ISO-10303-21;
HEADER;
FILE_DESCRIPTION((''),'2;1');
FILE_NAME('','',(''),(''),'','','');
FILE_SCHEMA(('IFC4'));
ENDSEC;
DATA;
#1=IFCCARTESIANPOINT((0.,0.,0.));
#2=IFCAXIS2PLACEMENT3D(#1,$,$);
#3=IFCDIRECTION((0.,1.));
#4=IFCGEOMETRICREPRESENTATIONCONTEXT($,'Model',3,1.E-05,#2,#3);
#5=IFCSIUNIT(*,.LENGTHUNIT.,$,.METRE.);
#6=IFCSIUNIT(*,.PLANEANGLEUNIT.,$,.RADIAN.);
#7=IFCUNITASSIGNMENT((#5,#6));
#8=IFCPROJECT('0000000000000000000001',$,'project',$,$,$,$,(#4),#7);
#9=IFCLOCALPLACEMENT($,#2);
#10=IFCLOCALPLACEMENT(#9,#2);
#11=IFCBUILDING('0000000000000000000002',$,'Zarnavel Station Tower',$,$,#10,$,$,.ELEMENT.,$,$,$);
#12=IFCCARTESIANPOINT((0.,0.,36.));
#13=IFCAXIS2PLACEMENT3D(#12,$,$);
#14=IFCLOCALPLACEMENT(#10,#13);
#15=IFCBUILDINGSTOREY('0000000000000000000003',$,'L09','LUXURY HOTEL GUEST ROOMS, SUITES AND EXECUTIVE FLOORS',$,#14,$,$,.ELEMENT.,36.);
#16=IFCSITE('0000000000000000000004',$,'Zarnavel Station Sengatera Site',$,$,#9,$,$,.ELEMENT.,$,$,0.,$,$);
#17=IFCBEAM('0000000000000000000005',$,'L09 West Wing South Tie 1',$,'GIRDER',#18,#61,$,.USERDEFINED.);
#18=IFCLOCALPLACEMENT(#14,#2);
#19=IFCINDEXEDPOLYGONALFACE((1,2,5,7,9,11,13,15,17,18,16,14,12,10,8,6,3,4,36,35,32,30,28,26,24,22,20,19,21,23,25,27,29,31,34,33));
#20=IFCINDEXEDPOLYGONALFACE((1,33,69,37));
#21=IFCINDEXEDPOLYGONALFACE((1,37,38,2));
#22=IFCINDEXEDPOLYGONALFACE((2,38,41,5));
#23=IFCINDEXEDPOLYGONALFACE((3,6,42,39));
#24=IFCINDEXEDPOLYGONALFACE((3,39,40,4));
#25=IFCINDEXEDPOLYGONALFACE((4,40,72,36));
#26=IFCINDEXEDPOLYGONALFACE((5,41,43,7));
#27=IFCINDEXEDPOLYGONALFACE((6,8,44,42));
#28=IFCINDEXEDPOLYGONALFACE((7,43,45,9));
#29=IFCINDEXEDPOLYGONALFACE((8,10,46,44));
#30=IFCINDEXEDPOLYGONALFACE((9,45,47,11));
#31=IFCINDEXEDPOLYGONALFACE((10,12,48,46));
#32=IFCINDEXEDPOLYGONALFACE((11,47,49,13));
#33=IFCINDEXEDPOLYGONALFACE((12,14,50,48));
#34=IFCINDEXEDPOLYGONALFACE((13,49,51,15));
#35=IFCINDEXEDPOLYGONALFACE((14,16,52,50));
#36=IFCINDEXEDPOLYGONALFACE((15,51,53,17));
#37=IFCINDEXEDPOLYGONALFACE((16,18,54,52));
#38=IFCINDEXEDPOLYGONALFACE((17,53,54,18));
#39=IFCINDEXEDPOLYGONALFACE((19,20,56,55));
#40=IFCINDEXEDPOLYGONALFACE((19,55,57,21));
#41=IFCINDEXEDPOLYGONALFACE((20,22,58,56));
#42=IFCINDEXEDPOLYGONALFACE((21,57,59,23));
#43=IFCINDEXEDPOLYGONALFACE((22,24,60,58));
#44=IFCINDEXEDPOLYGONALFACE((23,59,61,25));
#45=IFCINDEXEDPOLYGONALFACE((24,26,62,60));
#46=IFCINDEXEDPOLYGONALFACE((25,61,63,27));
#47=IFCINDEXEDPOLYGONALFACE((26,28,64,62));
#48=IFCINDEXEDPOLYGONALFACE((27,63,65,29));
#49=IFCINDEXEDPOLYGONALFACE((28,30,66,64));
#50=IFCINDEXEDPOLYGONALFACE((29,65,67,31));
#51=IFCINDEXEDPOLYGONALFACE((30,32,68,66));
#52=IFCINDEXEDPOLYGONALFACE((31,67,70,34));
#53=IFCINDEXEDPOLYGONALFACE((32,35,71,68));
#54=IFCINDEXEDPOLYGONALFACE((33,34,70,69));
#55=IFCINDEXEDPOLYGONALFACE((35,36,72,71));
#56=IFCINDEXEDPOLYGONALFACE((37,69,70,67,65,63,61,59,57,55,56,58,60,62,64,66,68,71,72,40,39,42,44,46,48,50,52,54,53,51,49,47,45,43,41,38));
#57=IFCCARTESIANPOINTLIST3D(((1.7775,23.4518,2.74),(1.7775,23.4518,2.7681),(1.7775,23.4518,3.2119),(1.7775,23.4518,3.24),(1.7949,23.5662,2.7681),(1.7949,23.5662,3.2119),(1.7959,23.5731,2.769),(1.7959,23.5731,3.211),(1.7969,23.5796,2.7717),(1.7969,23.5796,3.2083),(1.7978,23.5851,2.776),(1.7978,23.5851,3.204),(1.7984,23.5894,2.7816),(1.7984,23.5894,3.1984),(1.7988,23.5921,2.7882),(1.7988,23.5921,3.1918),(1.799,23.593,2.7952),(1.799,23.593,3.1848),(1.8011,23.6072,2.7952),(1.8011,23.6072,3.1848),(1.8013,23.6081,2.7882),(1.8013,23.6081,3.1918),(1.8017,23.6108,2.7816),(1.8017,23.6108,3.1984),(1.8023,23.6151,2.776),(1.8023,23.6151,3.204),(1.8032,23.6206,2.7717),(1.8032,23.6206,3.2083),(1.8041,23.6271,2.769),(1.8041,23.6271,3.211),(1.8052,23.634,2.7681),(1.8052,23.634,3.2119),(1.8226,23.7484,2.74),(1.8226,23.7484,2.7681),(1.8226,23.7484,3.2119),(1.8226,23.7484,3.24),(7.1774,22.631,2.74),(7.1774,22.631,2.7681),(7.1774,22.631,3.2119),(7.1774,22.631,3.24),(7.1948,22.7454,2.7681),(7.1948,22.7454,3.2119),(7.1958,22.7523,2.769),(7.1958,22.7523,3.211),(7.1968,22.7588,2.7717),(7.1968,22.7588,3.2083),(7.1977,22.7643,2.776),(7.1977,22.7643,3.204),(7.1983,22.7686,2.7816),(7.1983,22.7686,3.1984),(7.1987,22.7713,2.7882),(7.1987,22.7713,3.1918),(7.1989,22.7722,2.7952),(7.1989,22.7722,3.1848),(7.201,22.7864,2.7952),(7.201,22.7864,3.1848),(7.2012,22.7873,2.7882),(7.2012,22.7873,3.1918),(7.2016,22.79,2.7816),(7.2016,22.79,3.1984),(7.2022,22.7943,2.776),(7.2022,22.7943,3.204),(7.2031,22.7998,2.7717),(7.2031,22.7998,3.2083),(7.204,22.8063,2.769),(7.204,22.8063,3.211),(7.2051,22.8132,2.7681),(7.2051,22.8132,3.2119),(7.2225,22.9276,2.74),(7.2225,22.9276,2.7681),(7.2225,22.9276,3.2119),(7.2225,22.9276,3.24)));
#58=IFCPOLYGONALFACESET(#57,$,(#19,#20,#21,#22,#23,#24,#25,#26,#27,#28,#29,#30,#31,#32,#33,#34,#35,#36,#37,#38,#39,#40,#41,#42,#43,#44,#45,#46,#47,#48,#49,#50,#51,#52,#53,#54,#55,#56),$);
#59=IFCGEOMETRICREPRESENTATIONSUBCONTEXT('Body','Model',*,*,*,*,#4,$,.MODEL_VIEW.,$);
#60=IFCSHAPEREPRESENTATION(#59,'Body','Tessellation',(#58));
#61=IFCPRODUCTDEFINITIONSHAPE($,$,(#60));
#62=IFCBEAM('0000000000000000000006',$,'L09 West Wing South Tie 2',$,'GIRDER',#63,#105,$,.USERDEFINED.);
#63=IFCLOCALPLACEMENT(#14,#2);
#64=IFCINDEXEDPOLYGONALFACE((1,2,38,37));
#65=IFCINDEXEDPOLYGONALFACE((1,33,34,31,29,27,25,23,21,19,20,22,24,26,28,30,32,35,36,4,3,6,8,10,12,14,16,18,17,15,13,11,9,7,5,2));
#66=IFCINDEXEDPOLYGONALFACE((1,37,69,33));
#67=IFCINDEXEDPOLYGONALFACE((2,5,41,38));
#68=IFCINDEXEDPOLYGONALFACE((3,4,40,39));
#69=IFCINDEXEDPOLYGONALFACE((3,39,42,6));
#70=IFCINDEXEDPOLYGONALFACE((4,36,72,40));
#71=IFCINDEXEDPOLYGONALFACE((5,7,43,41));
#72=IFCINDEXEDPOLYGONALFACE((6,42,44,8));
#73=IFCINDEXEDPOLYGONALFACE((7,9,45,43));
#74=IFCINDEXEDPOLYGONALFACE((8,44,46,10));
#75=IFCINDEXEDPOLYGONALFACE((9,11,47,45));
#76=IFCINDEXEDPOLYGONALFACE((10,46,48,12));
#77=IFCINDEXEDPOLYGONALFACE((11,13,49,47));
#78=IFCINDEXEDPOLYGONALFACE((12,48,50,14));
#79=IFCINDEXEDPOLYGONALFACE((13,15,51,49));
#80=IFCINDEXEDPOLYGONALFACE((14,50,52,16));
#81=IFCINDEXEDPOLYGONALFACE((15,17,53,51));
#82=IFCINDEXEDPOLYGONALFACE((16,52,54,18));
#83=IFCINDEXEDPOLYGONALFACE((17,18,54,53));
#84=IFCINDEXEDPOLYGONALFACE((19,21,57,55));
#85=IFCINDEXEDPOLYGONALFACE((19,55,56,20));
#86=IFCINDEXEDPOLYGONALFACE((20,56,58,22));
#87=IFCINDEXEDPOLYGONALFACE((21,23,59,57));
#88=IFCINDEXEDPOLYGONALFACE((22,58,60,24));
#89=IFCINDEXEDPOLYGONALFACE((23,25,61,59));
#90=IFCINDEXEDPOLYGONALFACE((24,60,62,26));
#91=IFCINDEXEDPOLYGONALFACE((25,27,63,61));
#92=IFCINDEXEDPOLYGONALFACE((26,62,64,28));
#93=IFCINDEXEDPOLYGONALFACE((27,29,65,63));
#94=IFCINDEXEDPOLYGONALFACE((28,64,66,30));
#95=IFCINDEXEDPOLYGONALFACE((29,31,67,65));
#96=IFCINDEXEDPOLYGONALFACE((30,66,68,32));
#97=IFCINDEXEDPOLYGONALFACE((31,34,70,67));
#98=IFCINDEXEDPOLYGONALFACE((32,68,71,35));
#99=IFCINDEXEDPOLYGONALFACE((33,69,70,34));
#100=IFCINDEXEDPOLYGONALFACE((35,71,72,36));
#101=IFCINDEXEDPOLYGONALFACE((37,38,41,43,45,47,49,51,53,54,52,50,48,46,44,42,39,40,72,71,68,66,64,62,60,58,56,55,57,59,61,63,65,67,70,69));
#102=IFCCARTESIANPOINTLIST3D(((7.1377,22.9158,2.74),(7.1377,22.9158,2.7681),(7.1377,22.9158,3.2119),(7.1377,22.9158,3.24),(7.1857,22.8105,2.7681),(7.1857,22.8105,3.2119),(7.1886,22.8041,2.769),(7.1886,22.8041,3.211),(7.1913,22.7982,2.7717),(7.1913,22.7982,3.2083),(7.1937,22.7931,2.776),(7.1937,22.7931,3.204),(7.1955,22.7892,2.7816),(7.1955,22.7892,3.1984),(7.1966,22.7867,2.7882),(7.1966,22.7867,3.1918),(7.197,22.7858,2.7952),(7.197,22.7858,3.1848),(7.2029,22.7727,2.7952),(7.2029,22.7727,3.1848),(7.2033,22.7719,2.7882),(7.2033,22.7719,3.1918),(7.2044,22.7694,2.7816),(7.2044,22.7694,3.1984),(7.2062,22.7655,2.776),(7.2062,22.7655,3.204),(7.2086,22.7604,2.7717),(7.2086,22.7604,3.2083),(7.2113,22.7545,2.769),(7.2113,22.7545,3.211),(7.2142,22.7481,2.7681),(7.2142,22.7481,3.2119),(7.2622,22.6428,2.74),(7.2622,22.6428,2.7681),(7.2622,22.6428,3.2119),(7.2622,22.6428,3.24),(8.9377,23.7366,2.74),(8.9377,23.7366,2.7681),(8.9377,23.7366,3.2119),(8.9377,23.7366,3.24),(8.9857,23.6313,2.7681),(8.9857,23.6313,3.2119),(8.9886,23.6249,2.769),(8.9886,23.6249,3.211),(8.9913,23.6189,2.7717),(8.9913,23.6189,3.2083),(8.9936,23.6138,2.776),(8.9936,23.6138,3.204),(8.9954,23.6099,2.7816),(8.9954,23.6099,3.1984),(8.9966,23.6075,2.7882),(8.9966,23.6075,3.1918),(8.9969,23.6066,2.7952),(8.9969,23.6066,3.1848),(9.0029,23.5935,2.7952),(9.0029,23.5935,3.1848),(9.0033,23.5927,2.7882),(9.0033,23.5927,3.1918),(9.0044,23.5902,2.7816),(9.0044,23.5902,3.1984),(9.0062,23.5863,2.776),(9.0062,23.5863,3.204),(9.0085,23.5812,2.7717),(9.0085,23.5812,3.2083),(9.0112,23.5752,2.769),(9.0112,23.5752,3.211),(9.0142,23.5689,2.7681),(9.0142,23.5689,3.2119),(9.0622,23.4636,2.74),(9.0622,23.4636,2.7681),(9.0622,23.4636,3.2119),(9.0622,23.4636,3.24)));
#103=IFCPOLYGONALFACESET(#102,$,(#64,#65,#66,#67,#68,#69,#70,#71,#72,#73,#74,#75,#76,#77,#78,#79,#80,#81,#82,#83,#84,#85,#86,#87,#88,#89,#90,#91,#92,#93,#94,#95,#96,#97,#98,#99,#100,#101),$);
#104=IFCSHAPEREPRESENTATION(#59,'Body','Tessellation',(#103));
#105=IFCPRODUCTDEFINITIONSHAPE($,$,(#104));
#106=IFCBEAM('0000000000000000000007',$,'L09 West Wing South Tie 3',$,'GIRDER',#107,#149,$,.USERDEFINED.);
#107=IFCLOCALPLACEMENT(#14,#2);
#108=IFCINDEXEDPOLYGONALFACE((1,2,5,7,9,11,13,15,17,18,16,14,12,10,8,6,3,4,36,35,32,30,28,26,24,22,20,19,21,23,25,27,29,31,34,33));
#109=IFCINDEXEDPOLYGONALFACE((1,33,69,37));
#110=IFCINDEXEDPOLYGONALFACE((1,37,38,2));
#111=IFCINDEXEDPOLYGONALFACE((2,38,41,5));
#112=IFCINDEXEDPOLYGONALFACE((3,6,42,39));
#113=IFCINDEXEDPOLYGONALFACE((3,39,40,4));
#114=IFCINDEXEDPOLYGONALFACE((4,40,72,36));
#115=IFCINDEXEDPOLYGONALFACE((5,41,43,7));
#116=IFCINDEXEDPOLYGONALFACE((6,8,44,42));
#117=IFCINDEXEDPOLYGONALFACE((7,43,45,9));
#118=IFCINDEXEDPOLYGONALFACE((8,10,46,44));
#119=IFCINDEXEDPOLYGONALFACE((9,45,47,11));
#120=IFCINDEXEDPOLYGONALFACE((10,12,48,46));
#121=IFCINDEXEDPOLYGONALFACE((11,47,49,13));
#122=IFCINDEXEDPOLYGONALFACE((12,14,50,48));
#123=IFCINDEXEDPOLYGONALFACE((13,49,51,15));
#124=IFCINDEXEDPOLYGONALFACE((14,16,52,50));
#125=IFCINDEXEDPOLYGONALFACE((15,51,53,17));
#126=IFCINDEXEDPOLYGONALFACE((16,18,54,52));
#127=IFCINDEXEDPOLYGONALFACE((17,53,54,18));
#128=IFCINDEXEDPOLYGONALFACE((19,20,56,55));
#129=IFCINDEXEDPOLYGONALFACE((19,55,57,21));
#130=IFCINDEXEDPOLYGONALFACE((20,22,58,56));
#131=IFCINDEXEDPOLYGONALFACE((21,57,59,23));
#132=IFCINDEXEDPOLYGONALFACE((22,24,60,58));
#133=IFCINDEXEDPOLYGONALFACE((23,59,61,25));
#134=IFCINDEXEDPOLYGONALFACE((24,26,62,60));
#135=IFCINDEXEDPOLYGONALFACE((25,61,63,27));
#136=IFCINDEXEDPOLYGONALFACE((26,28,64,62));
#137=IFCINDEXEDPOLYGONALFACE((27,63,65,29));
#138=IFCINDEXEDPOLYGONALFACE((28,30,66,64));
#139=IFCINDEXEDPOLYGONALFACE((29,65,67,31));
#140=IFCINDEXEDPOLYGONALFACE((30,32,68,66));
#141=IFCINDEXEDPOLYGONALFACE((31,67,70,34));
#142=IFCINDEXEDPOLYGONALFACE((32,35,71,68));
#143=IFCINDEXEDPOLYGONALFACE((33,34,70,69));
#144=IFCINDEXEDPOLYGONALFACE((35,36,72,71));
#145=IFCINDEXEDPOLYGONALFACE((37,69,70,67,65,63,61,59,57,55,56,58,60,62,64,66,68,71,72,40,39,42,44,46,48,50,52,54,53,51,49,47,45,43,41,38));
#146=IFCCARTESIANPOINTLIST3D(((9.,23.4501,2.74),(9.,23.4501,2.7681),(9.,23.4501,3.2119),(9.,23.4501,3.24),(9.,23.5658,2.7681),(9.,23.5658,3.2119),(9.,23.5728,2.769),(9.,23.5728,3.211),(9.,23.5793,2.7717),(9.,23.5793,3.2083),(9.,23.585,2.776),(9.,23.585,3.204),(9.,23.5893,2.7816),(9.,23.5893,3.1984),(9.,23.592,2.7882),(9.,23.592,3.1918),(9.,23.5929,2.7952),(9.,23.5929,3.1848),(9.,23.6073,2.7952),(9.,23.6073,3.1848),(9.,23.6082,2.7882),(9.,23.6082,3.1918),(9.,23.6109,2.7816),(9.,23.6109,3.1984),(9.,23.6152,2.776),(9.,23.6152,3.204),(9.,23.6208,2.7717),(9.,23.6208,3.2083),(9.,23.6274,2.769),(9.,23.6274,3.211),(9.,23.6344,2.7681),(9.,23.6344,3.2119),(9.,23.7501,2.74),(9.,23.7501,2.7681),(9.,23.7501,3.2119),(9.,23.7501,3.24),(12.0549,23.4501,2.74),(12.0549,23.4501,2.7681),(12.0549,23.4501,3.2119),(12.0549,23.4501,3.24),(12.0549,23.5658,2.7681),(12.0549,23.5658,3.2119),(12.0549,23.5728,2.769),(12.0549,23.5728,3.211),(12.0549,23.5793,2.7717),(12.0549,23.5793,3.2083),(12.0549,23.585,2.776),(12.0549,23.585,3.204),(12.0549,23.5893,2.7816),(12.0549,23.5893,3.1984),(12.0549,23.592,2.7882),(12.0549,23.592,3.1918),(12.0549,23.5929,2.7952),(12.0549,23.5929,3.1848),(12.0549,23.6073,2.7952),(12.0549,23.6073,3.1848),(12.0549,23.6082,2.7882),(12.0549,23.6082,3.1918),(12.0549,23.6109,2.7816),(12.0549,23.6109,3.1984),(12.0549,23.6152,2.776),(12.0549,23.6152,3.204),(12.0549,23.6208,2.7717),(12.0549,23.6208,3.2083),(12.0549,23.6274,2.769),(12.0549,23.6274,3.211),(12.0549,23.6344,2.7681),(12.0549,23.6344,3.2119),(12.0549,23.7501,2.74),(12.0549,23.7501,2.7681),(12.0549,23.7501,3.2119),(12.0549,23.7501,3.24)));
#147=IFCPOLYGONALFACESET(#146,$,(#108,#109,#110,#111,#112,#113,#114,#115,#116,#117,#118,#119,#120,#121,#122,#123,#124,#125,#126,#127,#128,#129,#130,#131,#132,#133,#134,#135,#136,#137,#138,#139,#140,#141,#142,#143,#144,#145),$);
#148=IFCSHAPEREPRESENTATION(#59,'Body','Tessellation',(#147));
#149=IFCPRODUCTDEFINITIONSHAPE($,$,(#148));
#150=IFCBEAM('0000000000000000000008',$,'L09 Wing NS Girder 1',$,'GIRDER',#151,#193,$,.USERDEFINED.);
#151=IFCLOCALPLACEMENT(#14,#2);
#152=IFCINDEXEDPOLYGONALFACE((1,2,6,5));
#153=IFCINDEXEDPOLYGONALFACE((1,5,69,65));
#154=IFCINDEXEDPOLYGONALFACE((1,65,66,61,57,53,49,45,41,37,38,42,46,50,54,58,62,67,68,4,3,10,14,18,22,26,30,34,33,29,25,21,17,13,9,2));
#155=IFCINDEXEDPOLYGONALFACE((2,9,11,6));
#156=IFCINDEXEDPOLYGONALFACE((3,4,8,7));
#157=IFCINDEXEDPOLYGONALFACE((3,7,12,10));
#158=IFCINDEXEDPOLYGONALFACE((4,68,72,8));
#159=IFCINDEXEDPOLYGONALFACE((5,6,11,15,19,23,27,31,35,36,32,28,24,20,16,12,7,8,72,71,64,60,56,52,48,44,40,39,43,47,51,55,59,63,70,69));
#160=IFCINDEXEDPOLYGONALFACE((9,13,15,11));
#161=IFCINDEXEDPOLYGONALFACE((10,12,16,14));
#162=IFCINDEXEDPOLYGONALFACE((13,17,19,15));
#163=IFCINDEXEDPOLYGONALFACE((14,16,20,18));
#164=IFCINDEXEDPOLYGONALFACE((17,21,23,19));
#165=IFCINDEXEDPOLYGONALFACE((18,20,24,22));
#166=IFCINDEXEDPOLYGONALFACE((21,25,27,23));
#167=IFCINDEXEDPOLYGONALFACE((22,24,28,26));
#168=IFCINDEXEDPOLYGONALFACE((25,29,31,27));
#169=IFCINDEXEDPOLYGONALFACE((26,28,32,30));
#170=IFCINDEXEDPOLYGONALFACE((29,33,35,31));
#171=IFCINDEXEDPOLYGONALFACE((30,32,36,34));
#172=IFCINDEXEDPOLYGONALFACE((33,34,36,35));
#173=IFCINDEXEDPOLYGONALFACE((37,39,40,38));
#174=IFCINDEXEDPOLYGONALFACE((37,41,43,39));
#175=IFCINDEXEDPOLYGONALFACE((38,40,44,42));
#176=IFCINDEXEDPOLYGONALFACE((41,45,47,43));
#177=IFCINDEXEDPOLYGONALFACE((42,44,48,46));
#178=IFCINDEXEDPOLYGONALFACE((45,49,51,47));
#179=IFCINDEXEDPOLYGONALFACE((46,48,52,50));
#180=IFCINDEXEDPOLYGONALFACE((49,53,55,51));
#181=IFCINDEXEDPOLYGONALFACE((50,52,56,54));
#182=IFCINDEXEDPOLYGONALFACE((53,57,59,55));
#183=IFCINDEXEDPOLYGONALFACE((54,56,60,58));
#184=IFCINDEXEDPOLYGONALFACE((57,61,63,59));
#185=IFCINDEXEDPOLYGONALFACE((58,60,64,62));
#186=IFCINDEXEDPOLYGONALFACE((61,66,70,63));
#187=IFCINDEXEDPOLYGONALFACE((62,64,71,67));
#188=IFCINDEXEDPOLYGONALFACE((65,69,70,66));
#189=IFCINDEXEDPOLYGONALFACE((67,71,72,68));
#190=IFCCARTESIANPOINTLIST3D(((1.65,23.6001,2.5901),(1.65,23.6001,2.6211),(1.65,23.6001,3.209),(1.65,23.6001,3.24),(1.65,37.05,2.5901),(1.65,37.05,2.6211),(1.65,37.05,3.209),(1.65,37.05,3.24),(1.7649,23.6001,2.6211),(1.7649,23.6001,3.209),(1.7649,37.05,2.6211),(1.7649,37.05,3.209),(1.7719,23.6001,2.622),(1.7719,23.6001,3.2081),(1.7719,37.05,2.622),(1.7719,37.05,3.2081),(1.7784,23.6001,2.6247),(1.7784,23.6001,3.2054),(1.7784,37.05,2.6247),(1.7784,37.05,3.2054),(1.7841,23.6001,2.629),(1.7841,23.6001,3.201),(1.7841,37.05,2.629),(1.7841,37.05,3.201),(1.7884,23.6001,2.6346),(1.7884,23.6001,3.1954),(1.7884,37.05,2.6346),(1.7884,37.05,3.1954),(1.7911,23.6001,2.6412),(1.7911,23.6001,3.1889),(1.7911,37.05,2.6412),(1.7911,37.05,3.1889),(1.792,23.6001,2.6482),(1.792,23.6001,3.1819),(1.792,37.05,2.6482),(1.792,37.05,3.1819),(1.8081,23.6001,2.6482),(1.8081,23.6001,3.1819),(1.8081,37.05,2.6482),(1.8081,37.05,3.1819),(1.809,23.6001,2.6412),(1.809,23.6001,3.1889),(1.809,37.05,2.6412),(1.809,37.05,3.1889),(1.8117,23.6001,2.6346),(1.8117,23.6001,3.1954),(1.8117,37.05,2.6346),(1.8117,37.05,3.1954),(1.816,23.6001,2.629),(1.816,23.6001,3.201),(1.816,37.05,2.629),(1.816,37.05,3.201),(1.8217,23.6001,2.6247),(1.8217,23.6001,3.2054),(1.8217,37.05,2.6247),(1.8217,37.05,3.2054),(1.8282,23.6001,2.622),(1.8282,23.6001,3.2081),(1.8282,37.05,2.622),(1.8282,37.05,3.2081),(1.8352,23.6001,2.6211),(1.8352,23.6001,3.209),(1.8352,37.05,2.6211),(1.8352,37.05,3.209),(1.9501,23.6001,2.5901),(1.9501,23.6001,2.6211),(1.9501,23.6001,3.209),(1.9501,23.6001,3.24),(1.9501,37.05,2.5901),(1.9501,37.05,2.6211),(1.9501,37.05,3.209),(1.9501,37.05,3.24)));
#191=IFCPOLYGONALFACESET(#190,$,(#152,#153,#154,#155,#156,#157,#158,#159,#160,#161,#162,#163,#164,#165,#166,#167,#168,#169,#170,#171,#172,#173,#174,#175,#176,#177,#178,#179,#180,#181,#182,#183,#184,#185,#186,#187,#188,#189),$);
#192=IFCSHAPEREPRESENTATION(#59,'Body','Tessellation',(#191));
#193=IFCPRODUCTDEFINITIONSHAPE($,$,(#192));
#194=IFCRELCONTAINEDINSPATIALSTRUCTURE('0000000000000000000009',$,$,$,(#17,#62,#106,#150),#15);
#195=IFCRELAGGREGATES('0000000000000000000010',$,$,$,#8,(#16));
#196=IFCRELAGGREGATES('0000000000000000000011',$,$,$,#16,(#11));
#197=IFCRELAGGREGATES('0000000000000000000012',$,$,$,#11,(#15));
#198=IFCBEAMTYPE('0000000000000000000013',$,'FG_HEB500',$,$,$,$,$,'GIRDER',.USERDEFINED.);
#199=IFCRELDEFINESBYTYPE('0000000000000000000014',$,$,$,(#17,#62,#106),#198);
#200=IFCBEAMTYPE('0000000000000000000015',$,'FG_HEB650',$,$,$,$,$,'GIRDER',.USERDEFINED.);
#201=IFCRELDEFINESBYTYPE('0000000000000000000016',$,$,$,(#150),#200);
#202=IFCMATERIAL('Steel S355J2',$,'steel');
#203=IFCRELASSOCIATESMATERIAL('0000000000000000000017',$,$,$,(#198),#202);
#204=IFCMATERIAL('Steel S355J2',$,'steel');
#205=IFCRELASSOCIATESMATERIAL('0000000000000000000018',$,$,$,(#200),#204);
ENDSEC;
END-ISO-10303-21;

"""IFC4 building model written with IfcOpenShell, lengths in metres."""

from ifc_helpers import new_model, si_unit, direction, frame, origin, origin_2d, place, context, subcontext, project, spatial, i_section, extrude, material, material_profile, profile_set, type_object, element, save


model = new_model("IFC4")

# Units and contexts
model_context = context("Model", 3, precision=1e-05, world=origin(), true_north=direction((0.0, 1.0)))
body_context = subcontext(model_context, "Body", "Model", "MODEL_VIEW")
ifc_project = project(units=[si_unit("LENGTHUNIT", "METRE"), si_unit("PLANEANGLEUNIT", "RADIAN")], contexts=[model_context])

# Site, building, storey
site_placement = place(None, origin())
site = spatial("IfcSite", under=ifc_project, at=site_placement, Name="Zarnavel Station Sengatera Site", CompositionType="ELEMENT", RefElevation=0.0)
building_placement = place(site_placement, origin())
building = spatial("IfcBuilding", under=site, at=building_placement, Name="Zarnavel Station Tower", CompositionType="ELEMENT")
storey_placement = place(building_placement, frame((0.0, 0.0, 36.0)))
storey = spatial("IfcBuildingStorey", under=building, at=storey_placement, Name="L09", Description="LUXURY HOTEL GUEST ROOMS, SUITES AND EXECUTIVE FLOORS", CompositionType="ELEMENT", Elevation=36.0)

# Beams
ifc_material_1 = material(Name="Steel S355J2", Category="steel")
ifc_material_profile_1 = material_profile(ifc_material_1, i_section(OverallWidth=0.3, OverallDepth=0.5, WebThickness=0.0144, FlangeThickness=0.0281, FilletRadius=0.0271, at=origin_2d()), Name="HEB500")
ifc_profile_set_1 = profile_set([ifc_material_profile_1], Name="Steel S355J2")
beam_type_1 = type_object("IfcBeamType", Name="FG_HEB500", ElementType="GIRDER", PredefinedType="USERDEFINED", material=ifc_profile_set_1)
beam_1_placement = place(storey_placement, frame((1.8, 23.6001, 2.99), z_axis=(0.988644, -0.150277, 0.0), x_axis=(0.150277, 0.988644, 0.0)))
element("IfcBeam", 1, at=beam_1_placement, inside=storey, type_object=beam_type_1, Name="L09 West Wing South Tie 1", ObjectType="GIRDER", PredefinedType="USERDEFINED", context=body_context, shape_type="SweptSolid", body=[
    extrude(i_section(OverallWidth=0.3, OverallDepth=0.5, WebThickness=0.0144, FlangeThickness=0.0281, FilletRadius=0.0271, at=origin_2d()), origin(), (0.0, 0.0, 1.0), 5.4619),
])
beam_2_placement = place(storey_placement, frame((7.2, 22.7793, 2.99), z_axis=(0.909871, 0.41489, 0.0), x_axis=(-0.41489, 0.909871, 0.0)))
element("IfcBeam", 2, at=beam_2_placement, inside=storey, type_object=beam_type_1, Name="L09 West Wing South Tie 2", ObjectType="GIRDER", PredefinedType="USERDEFINED", context=body_context, shape_type="SweptSolid", body=[
    extrude(i_section(OverallWidth=0.3, OverallDepth=0.5, WebThickness=0.0144, FlangeThickness=0.0281, FilletRadius=0.0271, at=origin_2d()), origin(), (0.0, 0.0, 1.0), 1.9783),
])
beam_3_placement = place(storey_placement, frame((9.0, 23.6001, 2.99), z_axis=(1.0, 0.0, 0.0), x_axis=(0.0, 1.0, 0.0)))
element("IfcBeam", 3, at=beam_3_placement, inside=storey, type_object=beam_type_1, Name="L09 West Wing South Tie 3", ObjectType="GIRDER", PredefinedType="USERDEFINED", context=body_context, shape_type="SweptSolid", body=[
    extrude(i_section(OverallWidth=0.3, OverallDepth=0.5, WebThickness=0.0144, FlangeThickness=0.0281, FilletRadius=0.0271, at=origin_2d()), origin(), (0.0, 0.0, 1.0), 3.0549),
])
ifc_material_2 = material(Name="Steel S355J2", Category="steel")
ifc_material_profile_2 = material_profile(ifc_material_2, i_section(OverallWidth=0.3, OverallDepth=0.6499, WebThickness=0.0161, FlangeThickness=0.031, FilletRadius=0.0271, at=origin_2d()), Name="HEB650")
ifc_profile_set_2 = profile_set([ifc_material_profile_2], Name="Steel S355J2")
beam_type_2 = type_object("IfcBeamType", Name="FG_HEB650", ElementType="GIRDER", PredefinedType="USERDEFINED", material=ifc_profile_set_2)
beam_4_placement = place(storey_placement, frame((1.8, 23.6001, 2.915), z_axis=(0.0, 1.0, 0.0), x_axis=(-1.0, 0.0, 0.0)))
element("IfcBeam", 4, at=beam_4_placement, inside=storey, type_object=beam_type_2, Name="L09 Wing NS Girder 1", ObjectType="GIRDER", PredefinedType="USERDEFINED", context=body_context, shape_type="SweptSolid", body=[
    extrude(i_section(OverallWidth=0.3, OverallDepth=0.6499, WebThickness=0.0161, FlangeThickness=0.031, FilletRadius=0.0271, at=origin_2d()), origin(), (0.0, 0.0, 1.0), 13.45),
])

save(model, "model.ifc")
